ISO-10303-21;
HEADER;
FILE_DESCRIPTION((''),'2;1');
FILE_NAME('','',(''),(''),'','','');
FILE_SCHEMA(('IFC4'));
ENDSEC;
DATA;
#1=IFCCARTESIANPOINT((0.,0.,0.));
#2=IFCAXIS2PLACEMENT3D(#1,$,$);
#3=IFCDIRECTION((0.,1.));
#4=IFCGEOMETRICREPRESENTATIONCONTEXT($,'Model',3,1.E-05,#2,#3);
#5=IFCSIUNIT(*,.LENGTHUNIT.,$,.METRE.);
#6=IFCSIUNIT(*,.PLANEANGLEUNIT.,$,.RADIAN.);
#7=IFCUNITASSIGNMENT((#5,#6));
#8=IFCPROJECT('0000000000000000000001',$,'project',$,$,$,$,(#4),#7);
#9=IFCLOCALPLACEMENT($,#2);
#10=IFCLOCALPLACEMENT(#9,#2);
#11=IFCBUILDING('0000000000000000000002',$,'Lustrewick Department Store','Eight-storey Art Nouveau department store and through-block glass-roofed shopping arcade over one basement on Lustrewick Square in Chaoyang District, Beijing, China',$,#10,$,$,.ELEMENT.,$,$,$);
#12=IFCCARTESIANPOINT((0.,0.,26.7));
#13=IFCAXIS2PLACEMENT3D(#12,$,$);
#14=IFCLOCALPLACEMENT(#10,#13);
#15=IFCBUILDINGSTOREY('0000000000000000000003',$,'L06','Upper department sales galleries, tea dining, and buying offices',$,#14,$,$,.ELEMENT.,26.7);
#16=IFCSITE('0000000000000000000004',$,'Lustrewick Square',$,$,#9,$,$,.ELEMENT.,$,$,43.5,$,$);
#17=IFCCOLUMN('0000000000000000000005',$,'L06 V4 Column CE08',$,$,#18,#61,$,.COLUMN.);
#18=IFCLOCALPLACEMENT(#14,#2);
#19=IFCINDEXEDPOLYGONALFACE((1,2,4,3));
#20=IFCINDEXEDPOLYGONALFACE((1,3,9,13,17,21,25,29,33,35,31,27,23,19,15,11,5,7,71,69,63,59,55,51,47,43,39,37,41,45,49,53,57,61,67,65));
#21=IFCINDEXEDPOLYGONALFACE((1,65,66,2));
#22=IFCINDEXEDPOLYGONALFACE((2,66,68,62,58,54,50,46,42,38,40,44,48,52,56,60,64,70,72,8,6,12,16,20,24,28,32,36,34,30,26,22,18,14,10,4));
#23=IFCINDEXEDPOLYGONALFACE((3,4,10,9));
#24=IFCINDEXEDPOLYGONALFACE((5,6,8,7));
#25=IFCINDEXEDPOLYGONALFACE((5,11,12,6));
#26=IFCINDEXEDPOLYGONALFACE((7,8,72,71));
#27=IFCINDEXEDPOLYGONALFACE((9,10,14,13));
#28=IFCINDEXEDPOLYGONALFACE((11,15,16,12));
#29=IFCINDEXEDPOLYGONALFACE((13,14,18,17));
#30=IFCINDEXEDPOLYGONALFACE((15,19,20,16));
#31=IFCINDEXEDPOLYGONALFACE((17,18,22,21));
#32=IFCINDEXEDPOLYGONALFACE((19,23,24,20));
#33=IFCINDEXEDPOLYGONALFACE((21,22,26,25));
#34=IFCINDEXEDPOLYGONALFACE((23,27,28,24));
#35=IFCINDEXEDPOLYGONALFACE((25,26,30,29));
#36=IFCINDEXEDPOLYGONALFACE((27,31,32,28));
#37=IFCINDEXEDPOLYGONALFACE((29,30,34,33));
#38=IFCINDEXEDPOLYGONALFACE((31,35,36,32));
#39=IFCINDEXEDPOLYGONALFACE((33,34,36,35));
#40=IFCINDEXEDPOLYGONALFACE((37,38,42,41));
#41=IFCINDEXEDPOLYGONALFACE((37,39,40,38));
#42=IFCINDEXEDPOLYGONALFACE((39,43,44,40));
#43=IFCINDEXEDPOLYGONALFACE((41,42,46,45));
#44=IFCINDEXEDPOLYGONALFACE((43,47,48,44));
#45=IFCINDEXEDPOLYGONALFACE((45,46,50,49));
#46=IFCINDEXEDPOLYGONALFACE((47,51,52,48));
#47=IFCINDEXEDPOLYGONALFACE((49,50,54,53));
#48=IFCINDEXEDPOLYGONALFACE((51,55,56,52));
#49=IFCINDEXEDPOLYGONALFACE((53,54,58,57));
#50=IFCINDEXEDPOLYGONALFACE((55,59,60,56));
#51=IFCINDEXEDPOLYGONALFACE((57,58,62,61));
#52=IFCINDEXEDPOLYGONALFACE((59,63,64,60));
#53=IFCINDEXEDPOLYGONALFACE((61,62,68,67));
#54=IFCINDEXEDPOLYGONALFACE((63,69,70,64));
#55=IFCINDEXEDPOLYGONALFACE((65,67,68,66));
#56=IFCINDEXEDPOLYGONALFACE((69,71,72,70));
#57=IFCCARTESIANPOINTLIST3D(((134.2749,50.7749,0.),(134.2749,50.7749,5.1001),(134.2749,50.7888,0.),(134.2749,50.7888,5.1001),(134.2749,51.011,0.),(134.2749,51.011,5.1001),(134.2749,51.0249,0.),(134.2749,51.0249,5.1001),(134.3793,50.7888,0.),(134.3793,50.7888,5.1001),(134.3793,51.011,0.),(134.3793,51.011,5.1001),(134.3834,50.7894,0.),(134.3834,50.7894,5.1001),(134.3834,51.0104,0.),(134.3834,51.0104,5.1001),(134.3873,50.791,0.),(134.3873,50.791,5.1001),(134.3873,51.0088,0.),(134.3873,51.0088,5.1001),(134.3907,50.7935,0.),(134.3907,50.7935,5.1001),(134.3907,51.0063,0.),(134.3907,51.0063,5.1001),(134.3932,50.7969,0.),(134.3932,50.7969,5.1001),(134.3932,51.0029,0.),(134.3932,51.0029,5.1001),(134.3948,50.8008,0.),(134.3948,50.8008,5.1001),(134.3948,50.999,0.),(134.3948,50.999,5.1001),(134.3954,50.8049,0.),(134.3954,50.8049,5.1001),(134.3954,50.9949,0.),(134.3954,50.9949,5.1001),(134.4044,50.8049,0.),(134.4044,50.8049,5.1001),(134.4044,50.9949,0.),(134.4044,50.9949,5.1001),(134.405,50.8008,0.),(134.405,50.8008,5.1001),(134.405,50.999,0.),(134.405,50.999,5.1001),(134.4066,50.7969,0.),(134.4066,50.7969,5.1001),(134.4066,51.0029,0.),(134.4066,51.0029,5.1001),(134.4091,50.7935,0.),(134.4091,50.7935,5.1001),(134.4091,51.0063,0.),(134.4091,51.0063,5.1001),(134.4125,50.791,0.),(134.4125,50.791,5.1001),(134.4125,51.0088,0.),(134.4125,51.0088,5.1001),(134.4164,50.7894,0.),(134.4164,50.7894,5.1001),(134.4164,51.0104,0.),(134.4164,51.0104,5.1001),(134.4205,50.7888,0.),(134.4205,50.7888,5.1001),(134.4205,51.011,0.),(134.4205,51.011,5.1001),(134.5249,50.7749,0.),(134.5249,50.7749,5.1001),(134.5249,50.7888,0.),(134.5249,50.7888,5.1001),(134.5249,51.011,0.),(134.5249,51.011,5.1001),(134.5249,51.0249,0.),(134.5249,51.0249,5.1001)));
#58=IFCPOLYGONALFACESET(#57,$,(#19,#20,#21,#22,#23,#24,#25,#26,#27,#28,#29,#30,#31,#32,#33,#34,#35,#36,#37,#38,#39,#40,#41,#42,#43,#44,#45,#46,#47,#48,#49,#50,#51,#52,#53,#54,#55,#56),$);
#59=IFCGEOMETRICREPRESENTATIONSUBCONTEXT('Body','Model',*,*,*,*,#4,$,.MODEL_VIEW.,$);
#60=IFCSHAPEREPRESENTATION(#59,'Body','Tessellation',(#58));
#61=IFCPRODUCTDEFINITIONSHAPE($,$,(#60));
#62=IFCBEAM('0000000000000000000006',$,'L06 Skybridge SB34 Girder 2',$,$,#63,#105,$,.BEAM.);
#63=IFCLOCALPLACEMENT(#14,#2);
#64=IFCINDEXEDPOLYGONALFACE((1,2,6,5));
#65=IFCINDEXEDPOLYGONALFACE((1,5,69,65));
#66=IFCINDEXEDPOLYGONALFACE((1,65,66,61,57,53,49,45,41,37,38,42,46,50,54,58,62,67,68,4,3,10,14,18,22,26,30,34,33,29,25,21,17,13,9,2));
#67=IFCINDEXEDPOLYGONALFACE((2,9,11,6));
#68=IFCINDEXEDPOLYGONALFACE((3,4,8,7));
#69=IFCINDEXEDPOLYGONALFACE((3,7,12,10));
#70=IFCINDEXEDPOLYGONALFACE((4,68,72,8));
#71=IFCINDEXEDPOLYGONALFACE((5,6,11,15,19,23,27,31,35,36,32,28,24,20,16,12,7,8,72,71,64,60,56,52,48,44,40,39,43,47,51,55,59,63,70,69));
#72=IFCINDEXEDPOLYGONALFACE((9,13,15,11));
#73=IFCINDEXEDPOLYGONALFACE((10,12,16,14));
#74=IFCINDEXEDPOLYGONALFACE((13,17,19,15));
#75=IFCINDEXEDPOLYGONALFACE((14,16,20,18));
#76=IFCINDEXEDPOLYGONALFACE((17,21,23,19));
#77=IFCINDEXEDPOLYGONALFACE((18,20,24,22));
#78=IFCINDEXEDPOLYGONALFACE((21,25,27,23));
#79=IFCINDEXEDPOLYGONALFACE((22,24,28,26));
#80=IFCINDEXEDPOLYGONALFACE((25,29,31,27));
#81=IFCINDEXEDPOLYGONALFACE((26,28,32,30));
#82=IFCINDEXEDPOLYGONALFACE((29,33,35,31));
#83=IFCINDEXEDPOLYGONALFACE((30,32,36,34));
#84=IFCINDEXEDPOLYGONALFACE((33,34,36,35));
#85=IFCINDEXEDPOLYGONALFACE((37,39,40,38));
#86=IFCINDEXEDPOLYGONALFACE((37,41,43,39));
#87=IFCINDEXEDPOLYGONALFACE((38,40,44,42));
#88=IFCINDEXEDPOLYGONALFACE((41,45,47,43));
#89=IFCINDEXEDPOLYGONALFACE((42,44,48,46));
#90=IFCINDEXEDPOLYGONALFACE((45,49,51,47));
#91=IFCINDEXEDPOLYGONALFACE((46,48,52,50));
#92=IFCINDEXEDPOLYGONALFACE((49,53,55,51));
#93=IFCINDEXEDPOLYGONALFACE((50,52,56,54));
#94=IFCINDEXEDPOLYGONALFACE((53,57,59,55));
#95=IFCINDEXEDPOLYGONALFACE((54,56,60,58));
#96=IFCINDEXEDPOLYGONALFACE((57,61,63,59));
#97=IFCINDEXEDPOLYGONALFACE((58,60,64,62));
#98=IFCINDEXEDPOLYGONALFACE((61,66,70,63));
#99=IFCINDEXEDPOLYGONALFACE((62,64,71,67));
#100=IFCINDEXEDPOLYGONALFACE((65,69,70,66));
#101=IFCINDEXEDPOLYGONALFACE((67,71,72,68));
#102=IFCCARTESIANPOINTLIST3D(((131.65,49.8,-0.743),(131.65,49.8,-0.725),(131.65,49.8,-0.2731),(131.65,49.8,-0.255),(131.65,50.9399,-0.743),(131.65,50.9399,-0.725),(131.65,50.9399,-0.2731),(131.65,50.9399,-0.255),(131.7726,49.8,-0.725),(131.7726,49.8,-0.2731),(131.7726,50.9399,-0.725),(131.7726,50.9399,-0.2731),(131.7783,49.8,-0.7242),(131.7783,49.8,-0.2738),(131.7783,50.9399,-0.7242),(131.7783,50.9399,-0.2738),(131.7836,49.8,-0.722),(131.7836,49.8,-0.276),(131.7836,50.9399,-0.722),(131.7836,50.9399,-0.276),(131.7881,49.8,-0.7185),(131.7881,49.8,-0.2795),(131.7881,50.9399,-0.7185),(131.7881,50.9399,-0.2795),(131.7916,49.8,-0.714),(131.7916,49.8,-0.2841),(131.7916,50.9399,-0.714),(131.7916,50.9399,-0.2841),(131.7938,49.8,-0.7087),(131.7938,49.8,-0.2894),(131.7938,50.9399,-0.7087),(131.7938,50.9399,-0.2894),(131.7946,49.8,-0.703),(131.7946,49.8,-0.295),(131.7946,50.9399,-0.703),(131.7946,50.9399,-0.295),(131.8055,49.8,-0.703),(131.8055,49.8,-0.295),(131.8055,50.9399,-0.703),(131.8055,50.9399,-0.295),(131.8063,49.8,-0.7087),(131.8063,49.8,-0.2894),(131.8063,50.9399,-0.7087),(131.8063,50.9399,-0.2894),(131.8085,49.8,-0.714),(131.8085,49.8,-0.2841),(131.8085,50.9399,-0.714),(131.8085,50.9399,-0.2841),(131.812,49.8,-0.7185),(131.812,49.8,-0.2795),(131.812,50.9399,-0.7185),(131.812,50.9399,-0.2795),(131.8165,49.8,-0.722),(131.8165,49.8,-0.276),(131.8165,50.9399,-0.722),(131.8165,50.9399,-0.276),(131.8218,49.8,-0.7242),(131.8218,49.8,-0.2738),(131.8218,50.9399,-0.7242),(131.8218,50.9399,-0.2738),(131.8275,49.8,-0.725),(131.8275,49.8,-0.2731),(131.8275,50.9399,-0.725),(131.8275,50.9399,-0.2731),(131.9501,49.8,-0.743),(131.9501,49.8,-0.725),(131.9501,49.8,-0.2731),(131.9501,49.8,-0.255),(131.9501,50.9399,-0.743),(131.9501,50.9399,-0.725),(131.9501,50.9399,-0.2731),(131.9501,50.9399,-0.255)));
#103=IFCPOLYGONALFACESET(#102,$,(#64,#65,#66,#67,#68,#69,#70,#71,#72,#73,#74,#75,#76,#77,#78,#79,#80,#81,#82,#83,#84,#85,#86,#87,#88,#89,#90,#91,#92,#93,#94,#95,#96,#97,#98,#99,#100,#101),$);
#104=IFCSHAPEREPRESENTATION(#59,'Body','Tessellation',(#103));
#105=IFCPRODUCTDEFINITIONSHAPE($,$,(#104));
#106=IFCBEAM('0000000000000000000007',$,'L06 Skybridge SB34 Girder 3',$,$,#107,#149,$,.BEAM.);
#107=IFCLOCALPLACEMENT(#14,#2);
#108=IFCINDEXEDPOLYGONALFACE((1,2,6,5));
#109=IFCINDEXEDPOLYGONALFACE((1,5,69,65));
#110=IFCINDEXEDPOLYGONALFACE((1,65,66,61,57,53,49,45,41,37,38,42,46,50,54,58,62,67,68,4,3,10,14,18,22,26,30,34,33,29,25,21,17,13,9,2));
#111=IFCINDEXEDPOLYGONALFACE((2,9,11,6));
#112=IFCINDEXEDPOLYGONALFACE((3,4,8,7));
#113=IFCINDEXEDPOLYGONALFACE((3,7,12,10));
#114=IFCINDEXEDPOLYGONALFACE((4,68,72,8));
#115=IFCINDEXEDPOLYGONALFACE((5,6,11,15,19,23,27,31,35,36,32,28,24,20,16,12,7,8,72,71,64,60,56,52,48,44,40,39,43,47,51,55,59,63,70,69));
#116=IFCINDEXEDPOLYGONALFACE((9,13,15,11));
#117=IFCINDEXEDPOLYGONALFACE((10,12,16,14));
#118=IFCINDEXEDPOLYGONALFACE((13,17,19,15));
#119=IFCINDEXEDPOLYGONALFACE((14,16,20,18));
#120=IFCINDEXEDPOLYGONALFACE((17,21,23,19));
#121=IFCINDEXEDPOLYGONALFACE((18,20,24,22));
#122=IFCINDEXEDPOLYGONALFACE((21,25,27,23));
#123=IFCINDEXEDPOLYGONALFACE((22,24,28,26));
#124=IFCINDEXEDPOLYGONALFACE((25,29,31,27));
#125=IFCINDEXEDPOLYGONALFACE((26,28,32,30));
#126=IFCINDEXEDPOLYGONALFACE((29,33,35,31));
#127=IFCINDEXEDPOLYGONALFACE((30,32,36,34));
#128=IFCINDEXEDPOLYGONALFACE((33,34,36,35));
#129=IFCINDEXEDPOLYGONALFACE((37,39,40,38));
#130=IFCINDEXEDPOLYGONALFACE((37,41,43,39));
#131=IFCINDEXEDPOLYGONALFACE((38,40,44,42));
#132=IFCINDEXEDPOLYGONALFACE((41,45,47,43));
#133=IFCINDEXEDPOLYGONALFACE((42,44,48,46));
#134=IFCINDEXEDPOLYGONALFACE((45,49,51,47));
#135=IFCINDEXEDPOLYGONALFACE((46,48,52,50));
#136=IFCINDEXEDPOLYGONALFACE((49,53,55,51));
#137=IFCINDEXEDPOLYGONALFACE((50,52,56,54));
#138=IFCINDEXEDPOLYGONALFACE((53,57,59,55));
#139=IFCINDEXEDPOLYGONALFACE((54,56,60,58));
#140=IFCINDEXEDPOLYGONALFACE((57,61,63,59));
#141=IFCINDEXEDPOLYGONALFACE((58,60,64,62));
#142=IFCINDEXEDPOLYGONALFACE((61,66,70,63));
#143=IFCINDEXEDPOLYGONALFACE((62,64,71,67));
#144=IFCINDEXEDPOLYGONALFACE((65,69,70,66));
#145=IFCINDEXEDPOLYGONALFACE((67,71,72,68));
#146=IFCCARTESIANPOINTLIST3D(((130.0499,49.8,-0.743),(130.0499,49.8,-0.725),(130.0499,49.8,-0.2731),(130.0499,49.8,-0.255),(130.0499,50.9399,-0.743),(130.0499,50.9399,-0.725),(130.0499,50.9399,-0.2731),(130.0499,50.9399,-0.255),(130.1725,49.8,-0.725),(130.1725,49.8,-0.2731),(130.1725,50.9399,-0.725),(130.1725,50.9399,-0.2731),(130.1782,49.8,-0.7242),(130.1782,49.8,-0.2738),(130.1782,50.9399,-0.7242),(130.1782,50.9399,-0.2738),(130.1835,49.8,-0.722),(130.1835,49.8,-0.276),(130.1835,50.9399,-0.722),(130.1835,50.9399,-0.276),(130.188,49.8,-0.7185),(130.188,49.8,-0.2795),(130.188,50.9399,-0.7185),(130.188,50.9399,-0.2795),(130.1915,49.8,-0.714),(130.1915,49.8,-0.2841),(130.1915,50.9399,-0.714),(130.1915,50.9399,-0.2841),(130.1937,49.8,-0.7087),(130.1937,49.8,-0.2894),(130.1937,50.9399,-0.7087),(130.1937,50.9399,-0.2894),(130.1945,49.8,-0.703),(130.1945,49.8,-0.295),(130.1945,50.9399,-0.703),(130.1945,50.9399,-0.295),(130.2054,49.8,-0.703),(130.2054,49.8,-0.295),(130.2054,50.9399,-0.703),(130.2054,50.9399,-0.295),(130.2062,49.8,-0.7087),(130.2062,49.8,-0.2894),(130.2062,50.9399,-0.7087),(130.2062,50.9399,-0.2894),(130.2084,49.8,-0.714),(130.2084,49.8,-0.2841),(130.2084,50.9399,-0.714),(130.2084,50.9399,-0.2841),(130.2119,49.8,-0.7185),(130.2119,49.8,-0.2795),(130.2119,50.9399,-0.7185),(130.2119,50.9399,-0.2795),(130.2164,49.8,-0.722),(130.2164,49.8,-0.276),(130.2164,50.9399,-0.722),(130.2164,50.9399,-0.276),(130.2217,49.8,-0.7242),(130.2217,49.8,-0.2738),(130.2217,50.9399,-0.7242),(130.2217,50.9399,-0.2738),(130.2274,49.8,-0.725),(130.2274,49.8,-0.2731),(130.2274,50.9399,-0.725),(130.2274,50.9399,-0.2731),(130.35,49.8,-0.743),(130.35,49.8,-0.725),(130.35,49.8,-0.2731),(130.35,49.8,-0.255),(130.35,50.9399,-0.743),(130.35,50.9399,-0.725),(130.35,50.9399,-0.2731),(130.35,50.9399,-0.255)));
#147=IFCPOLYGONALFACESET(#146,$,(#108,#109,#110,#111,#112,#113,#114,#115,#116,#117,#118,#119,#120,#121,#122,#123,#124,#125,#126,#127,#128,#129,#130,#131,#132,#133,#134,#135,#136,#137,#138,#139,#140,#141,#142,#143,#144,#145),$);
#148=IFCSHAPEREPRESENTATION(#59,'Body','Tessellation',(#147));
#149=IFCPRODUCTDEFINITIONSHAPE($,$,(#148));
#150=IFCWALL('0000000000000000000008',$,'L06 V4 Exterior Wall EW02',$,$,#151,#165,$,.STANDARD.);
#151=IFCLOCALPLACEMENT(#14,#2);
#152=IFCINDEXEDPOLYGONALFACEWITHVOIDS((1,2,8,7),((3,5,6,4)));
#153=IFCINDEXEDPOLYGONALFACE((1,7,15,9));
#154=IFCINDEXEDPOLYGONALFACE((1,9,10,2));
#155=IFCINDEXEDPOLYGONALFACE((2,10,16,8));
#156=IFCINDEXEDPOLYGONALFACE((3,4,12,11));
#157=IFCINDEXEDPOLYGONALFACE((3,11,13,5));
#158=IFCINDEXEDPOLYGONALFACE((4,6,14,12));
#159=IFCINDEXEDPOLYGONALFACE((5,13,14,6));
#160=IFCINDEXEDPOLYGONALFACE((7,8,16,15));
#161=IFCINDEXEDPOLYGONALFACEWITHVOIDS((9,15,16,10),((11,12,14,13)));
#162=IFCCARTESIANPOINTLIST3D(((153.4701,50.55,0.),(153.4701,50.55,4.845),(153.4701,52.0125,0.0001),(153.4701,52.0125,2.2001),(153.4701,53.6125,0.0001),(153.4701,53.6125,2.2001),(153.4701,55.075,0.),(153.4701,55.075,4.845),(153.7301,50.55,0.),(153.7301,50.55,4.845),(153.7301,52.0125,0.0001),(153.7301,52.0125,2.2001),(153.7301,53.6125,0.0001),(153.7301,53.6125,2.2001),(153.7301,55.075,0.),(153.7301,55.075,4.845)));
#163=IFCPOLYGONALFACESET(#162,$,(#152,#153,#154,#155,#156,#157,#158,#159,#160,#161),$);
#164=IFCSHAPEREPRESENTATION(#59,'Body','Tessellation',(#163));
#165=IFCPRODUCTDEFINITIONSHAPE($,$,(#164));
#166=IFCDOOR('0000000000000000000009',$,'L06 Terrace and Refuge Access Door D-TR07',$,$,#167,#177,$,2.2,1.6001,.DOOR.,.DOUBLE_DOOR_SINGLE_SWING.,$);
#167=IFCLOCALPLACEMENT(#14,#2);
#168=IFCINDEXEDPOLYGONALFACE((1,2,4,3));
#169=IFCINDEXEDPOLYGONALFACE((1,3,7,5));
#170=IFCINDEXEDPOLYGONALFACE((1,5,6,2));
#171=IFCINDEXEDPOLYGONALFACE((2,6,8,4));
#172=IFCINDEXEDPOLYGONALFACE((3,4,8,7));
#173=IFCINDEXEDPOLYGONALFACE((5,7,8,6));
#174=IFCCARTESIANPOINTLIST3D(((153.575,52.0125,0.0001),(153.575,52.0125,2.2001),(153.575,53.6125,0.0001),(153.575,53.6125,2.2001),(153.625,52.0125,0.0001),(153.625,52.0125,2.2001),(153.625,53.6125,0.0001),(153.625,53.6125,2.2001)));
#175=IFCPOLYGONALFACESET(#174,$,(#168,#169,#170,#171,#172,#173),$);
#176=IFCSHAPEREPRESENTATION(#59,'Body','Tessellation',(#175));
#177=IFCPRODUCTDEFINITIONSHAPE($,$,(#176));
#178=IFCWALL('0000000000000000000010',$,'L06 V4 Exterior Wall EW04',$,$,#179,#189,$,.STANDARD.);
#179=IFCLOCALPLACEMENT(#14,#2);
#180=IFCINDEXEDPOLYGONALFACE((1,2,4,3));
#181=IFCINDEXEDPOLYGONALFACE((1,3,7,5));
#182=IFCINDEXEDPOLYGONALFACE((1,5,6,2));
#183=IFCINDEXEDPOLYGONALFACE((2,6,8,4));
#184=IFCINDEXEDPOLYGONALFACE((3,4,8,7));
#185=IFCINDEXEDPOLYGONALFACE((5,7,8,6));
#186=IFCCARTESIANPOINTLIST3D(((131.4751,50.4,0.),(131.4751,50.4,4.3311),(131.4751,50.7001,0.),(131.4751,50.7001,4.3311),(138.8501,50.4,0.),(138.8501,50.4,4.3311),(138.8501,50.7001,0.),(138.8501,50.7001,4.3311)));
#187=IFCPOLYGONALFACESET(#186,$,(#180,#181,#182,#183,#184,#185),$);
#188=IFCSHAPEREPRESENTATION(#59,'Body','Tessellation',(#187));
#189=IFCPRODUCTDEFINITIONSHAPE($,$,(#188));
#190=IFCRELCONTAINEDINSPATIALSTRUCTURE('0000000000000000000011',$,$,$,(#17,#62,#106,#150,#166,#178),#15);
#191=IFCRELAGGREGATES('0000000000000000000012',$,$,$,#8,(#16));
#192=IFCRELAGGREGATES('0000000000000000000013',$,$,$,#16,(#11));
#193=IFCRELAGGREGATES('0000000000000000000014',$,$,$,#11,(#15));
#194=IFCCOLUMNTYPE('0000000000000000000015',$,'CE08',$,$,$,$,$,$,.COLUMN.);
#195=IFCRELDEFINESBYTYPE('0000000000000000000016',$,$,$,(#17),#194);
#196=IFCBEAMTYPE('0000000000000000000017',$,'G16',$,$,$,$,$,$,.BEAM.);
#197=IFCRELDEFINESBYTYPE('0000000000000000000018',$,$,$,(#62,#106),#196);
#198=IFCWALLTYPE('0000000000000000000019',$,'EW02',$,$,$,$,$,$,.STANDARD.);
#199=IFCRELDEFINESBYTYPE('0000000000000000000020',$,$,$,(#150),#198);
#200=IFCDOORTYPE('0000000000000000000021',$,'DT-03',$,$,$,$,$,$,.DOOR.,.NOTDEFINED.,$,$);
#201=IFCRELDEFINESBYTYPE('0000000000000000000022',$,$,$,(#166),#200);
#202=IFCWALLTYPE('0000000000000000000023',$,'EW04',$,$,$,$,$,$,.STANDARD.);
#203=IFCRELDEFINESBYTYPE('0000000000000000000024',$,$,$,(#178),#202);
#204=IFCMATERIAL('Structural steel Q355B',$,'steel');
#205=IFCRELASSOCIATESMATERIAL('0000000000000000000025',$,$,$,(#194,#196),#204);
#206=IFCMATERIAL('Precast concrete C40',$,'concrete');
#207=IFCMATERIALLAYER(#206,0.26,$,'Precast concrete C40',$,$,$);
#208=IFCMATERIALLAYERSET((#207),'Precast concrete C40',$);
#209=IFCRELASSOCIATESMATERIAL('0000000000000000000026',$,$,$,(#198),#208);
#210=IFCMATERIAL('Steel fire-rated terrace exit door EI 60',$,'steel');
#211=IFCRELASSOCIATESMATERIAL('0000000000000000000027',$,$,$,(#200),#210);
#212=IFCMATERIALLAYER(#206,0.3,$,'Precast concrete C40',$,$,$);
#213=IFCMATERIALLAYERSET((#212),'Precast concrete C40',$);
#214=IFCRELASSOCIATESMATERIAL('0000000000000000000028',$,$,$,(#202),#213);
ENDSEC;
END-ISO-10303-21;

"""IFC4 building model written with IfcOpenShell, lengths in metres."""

from ifc_helpers import new_model, si_unit, direction, frame, frame_2d, origin, origin_2d, place, context, subcontext, project, spatial, rectangle, i_section, extrude, material, layer, layer_set, material_profile, profile_set, type_object, element, fill, save


model = new_model("IFC4")

# Units and contexts
model_context = context("Model", 3, precision=1e-05, world=origin(), true_north=direction((0.0, 1.0)))
body_context = subcontext(model_context, "Body", "Model", "MODEL_VIEW")
ifc_project = project(units=[si_unit("LENGTHUNIT", "METRE"), si_unit("PLANEANGLEUNIT", "RADIAN")], contexts=[model_context])

# Site, building, storey
site_placement = place(None, origin())
site = spatial("IfcSite", under=ifc_project, at=site_placement, Name="Lustrewick Square", CompositionType="ELEMENT", RefElevation=43.5)
building_placement = place(site_placement, origin())
building = spatial("IfcBuilding", under=site, at=building_placement, Name="Lustrewick Department Store", Description="Eight-storey Art Nouveau department store and through-block glass-roofed shopping arcade over one basement on Lustrewick Square in Chaoyang District, Beijing, China", CompositionType="ELEMENT")
storey_placement = place(building_placement, frame((0.0, 0.0, 26.7)))
storey = spatial("IfcBuildingStorey", under=building, at=storey_placement, Name="L06", Description="Upper department sales galleries, tea dining, and buying offices", CompositionType="ELEMENT", Elevation=26.7)

# Column
ifc_material_1 = material(Name="Structural steel Q355B", Category="steel")
ifc_material_profile_1 = material_profile(ifc_material_1, i_section(OverallWidth=0.25, OverallDepth=0.25, WebThickness=0.009, FlangeThickness=0.0139, FilletRadius=0.0161, at=origin_2d()), Name="HW 250x250x9x14")
ifc_profile_set_1 = profile_set([ifc_material_profile_1], Name="Structural steel Q355B")
column_type = type_object("IfcColumnType", Name="CE08", PredefinedType="COLUMN", material=ifc_profile_set_1)
column_placement = place(storey_placement, frame((134.3999, 50.8999, 0.0), z_axis=(0.0, 0.0, 1.0), x_axis=(1.0, 0.0, 0.0)))
element("IfcColumn", 1, at=column_placement, inside=storey, type_object=column_type, Name="L06 V4 Column CE08", PredefinedType="COLUMN", context=body_context, shape_type="SweptSolid", body=[
    extrude(i_section(OverallWidth=0.25, OverallDepth=0.25, WebThickness=0.009, FlangeThickness=0.0139, FilletRadius=0.0161, at=origin_2d()), origin(), (0.0, 0.0, 1.0), 5.1001),
])

# Beams
ifc_material_profile_2 = material_profile(ifc_material_1, i_section(OverallWidth=0.3, OverallDepth=0.488, WebThickness=0.011, FlangeThickness=0.0181, FilletRadius=0.022, at=origin_2d()), Name="HM 488x300x11x18")
ifc_profile_set_2 = profile_set([ifc_material_profile_2], Name="Structural steel Q355B")
beam_type = type_object("IfcBeamType", Name="G16", PredefinedType="BEAM", material=ifc_profile_set_2)
for number, where, z_axis, x_axis, name in (
    (2, (131.8, 49.8, -0.499), (0.0, 1.0, 0.0), (-1.0, 0.0, 0.0), "L06 Skybridge SB34 Girder 2"),
    (3, (130.2, 49.8, -0.499), (0.0, 1.0, 0.0), (-1.0, 0.0, 0.0), "L06 Skybridge SB34 Girder 3"),
):
    element("IfcBeam", number, at=place(storey_placement, frame(where, z_axis=z_axis, x_axis=x_axis)), inside=storey, type_object=beam_type, Name=name, PredefinedType="BEAM", context=body_context, shape_type="SweptSolid", body=[
        extrude(i_section(OverallWidth=0.3, OverallDepth=0.488, WebThickness=0.011, FlangeThickness=0.0181, FilletRadius=0.022, at=origin_2d()), origin(), (0.0, 0.0, 1.0), 1.1399),
    ])

# Wall, opening, door
ifc_material_2 = material(Name="Precast concrete C40", Category="concrete")
ifc_layer_1 = layer(ifc_material_2, 0.26, Name="Precast concrete C40")
ifc_layer_set_1 = layer_set([ifc_layer_1], Name="Precast concrete C40")
wall_type_1 = type_object("IfcWallType", Name="EW02", PredefinedType="STANDARD", material=ifc_layer_set_1)
wall_1_placement = place(storey_placement, frame((153.6001, 50.55, 0.0), z_axis=(0.0, 0.0, 1.0), x_axis=(0.0, 1.0, 0.0)))
wall_1 = element("IfcWall", 4, at=wall_1_placement, inside=storey, type_object=wall_type_1, Name="L06 V4 Exterior Wall EW02", PredefinedType="STANDARD", context=body_context, shape_type="SweptSolid", body=[
    extrude(rectangle(XDim=4.5249, YDim=0.26, at=frame_2d((2.2625, 0.0))), origin(), (0.0, 0.0, 1.0), 4.845),
])
opening_1_placement = place(wall_1_placement, frame((1.4624, 0.0, 0.0)))
opening_1 = element("IfcOpeningElement", 5, at=opening_1_placement, cuts=wall_1, PredefinedType="OPENING", context=body_context, shape_type="SweptSolid", body=[
    extrude(rectangle(XDim=1.6001, YDim=2.2, at=frame_2d((0.8, 1.1001))), frame((0.0, 0.1401, 0.0), z_axis=(0.0, -1.0, 0.0), x_axis=(1.0, 0.0, 0.0)), (0.0, 0.0, 1.0), 0.28),
])
ifc_material_3 = material(Name="Steel fire-rated terrace exit door EI 60", Category="steel")
door_type = type_object("IfcDoorType", Name="DT-03", OperationType="NOTDEFINED", PredefinedType="DOOR", material=ifc_material_3)
door_1_placement = place(opening_1_placement, frame((1.6001, 0.0, 0.0), z_axis=(0.0, 0.0, 1.0), x_axis=(-1.0, 0.0, 0.0)))
door_1 = element("IfcDoor", 6, at=door_1_placement, inside=storey, type_object=door_type, Name="L06 Terrace and Refuge Access Door D-TR07", OperationType="DOUBLE_DOOR_SINGLE_SWING", OverallHeight=2.2, OverallWidth=1.6001, PredefinedType="DOOR", context=body_context, shape_type="SweptSolid", body=[
    extrude(rectangle(XDim=1.6001, YDim=2.2, at=frame_2d((0.8, 1.1001))), frame((0.0, 0.0249, 0.0), z_axis=(0.0, -1.0, 0.0), x_axis=(1.0, 0.0, 0.0)), (0.0, 0.0, 1.0), 0.05),
])
fill(opening_1, door_1)

# Wall
ifc_layer_2 = layer(ifc_material_2, 0.3, Name="Precast concrete C40")
ifc_layer_set_2 = layer_set([ifc_layer_2], Name="Precast concrete C40")
wall_type_2 = type_object("IfcWallType", Name="EW04", PredefinedType="STANDARD", material=ifc_layer_set_2)
for number, where, z_axis, x_axis, name in (
    (7, (131.4751, 50.55, 0.0), (0.0, 0.0, 1.0), (1.0, 0.0, 0.0), "L06 V4 Exterior Wall EW04"),
):
    element("IfcWall", number, at=place(storey_placement, frame(where, z_axis=z_axis, x_axis=x_axis)), inside=storey, type_object=wall_type_2, Name=name, PredefinedType="STANDARD", context=body_context, shape_type="SweptSolid", body=[
        extrude(rectangle(XDim=7.375, YDim=0.3, at=frame_2d((3.6875, 0.0))), origin(), (0.0, 0.0, 1.0), 4.3311),
    ])

save(model, "model.ifc")
